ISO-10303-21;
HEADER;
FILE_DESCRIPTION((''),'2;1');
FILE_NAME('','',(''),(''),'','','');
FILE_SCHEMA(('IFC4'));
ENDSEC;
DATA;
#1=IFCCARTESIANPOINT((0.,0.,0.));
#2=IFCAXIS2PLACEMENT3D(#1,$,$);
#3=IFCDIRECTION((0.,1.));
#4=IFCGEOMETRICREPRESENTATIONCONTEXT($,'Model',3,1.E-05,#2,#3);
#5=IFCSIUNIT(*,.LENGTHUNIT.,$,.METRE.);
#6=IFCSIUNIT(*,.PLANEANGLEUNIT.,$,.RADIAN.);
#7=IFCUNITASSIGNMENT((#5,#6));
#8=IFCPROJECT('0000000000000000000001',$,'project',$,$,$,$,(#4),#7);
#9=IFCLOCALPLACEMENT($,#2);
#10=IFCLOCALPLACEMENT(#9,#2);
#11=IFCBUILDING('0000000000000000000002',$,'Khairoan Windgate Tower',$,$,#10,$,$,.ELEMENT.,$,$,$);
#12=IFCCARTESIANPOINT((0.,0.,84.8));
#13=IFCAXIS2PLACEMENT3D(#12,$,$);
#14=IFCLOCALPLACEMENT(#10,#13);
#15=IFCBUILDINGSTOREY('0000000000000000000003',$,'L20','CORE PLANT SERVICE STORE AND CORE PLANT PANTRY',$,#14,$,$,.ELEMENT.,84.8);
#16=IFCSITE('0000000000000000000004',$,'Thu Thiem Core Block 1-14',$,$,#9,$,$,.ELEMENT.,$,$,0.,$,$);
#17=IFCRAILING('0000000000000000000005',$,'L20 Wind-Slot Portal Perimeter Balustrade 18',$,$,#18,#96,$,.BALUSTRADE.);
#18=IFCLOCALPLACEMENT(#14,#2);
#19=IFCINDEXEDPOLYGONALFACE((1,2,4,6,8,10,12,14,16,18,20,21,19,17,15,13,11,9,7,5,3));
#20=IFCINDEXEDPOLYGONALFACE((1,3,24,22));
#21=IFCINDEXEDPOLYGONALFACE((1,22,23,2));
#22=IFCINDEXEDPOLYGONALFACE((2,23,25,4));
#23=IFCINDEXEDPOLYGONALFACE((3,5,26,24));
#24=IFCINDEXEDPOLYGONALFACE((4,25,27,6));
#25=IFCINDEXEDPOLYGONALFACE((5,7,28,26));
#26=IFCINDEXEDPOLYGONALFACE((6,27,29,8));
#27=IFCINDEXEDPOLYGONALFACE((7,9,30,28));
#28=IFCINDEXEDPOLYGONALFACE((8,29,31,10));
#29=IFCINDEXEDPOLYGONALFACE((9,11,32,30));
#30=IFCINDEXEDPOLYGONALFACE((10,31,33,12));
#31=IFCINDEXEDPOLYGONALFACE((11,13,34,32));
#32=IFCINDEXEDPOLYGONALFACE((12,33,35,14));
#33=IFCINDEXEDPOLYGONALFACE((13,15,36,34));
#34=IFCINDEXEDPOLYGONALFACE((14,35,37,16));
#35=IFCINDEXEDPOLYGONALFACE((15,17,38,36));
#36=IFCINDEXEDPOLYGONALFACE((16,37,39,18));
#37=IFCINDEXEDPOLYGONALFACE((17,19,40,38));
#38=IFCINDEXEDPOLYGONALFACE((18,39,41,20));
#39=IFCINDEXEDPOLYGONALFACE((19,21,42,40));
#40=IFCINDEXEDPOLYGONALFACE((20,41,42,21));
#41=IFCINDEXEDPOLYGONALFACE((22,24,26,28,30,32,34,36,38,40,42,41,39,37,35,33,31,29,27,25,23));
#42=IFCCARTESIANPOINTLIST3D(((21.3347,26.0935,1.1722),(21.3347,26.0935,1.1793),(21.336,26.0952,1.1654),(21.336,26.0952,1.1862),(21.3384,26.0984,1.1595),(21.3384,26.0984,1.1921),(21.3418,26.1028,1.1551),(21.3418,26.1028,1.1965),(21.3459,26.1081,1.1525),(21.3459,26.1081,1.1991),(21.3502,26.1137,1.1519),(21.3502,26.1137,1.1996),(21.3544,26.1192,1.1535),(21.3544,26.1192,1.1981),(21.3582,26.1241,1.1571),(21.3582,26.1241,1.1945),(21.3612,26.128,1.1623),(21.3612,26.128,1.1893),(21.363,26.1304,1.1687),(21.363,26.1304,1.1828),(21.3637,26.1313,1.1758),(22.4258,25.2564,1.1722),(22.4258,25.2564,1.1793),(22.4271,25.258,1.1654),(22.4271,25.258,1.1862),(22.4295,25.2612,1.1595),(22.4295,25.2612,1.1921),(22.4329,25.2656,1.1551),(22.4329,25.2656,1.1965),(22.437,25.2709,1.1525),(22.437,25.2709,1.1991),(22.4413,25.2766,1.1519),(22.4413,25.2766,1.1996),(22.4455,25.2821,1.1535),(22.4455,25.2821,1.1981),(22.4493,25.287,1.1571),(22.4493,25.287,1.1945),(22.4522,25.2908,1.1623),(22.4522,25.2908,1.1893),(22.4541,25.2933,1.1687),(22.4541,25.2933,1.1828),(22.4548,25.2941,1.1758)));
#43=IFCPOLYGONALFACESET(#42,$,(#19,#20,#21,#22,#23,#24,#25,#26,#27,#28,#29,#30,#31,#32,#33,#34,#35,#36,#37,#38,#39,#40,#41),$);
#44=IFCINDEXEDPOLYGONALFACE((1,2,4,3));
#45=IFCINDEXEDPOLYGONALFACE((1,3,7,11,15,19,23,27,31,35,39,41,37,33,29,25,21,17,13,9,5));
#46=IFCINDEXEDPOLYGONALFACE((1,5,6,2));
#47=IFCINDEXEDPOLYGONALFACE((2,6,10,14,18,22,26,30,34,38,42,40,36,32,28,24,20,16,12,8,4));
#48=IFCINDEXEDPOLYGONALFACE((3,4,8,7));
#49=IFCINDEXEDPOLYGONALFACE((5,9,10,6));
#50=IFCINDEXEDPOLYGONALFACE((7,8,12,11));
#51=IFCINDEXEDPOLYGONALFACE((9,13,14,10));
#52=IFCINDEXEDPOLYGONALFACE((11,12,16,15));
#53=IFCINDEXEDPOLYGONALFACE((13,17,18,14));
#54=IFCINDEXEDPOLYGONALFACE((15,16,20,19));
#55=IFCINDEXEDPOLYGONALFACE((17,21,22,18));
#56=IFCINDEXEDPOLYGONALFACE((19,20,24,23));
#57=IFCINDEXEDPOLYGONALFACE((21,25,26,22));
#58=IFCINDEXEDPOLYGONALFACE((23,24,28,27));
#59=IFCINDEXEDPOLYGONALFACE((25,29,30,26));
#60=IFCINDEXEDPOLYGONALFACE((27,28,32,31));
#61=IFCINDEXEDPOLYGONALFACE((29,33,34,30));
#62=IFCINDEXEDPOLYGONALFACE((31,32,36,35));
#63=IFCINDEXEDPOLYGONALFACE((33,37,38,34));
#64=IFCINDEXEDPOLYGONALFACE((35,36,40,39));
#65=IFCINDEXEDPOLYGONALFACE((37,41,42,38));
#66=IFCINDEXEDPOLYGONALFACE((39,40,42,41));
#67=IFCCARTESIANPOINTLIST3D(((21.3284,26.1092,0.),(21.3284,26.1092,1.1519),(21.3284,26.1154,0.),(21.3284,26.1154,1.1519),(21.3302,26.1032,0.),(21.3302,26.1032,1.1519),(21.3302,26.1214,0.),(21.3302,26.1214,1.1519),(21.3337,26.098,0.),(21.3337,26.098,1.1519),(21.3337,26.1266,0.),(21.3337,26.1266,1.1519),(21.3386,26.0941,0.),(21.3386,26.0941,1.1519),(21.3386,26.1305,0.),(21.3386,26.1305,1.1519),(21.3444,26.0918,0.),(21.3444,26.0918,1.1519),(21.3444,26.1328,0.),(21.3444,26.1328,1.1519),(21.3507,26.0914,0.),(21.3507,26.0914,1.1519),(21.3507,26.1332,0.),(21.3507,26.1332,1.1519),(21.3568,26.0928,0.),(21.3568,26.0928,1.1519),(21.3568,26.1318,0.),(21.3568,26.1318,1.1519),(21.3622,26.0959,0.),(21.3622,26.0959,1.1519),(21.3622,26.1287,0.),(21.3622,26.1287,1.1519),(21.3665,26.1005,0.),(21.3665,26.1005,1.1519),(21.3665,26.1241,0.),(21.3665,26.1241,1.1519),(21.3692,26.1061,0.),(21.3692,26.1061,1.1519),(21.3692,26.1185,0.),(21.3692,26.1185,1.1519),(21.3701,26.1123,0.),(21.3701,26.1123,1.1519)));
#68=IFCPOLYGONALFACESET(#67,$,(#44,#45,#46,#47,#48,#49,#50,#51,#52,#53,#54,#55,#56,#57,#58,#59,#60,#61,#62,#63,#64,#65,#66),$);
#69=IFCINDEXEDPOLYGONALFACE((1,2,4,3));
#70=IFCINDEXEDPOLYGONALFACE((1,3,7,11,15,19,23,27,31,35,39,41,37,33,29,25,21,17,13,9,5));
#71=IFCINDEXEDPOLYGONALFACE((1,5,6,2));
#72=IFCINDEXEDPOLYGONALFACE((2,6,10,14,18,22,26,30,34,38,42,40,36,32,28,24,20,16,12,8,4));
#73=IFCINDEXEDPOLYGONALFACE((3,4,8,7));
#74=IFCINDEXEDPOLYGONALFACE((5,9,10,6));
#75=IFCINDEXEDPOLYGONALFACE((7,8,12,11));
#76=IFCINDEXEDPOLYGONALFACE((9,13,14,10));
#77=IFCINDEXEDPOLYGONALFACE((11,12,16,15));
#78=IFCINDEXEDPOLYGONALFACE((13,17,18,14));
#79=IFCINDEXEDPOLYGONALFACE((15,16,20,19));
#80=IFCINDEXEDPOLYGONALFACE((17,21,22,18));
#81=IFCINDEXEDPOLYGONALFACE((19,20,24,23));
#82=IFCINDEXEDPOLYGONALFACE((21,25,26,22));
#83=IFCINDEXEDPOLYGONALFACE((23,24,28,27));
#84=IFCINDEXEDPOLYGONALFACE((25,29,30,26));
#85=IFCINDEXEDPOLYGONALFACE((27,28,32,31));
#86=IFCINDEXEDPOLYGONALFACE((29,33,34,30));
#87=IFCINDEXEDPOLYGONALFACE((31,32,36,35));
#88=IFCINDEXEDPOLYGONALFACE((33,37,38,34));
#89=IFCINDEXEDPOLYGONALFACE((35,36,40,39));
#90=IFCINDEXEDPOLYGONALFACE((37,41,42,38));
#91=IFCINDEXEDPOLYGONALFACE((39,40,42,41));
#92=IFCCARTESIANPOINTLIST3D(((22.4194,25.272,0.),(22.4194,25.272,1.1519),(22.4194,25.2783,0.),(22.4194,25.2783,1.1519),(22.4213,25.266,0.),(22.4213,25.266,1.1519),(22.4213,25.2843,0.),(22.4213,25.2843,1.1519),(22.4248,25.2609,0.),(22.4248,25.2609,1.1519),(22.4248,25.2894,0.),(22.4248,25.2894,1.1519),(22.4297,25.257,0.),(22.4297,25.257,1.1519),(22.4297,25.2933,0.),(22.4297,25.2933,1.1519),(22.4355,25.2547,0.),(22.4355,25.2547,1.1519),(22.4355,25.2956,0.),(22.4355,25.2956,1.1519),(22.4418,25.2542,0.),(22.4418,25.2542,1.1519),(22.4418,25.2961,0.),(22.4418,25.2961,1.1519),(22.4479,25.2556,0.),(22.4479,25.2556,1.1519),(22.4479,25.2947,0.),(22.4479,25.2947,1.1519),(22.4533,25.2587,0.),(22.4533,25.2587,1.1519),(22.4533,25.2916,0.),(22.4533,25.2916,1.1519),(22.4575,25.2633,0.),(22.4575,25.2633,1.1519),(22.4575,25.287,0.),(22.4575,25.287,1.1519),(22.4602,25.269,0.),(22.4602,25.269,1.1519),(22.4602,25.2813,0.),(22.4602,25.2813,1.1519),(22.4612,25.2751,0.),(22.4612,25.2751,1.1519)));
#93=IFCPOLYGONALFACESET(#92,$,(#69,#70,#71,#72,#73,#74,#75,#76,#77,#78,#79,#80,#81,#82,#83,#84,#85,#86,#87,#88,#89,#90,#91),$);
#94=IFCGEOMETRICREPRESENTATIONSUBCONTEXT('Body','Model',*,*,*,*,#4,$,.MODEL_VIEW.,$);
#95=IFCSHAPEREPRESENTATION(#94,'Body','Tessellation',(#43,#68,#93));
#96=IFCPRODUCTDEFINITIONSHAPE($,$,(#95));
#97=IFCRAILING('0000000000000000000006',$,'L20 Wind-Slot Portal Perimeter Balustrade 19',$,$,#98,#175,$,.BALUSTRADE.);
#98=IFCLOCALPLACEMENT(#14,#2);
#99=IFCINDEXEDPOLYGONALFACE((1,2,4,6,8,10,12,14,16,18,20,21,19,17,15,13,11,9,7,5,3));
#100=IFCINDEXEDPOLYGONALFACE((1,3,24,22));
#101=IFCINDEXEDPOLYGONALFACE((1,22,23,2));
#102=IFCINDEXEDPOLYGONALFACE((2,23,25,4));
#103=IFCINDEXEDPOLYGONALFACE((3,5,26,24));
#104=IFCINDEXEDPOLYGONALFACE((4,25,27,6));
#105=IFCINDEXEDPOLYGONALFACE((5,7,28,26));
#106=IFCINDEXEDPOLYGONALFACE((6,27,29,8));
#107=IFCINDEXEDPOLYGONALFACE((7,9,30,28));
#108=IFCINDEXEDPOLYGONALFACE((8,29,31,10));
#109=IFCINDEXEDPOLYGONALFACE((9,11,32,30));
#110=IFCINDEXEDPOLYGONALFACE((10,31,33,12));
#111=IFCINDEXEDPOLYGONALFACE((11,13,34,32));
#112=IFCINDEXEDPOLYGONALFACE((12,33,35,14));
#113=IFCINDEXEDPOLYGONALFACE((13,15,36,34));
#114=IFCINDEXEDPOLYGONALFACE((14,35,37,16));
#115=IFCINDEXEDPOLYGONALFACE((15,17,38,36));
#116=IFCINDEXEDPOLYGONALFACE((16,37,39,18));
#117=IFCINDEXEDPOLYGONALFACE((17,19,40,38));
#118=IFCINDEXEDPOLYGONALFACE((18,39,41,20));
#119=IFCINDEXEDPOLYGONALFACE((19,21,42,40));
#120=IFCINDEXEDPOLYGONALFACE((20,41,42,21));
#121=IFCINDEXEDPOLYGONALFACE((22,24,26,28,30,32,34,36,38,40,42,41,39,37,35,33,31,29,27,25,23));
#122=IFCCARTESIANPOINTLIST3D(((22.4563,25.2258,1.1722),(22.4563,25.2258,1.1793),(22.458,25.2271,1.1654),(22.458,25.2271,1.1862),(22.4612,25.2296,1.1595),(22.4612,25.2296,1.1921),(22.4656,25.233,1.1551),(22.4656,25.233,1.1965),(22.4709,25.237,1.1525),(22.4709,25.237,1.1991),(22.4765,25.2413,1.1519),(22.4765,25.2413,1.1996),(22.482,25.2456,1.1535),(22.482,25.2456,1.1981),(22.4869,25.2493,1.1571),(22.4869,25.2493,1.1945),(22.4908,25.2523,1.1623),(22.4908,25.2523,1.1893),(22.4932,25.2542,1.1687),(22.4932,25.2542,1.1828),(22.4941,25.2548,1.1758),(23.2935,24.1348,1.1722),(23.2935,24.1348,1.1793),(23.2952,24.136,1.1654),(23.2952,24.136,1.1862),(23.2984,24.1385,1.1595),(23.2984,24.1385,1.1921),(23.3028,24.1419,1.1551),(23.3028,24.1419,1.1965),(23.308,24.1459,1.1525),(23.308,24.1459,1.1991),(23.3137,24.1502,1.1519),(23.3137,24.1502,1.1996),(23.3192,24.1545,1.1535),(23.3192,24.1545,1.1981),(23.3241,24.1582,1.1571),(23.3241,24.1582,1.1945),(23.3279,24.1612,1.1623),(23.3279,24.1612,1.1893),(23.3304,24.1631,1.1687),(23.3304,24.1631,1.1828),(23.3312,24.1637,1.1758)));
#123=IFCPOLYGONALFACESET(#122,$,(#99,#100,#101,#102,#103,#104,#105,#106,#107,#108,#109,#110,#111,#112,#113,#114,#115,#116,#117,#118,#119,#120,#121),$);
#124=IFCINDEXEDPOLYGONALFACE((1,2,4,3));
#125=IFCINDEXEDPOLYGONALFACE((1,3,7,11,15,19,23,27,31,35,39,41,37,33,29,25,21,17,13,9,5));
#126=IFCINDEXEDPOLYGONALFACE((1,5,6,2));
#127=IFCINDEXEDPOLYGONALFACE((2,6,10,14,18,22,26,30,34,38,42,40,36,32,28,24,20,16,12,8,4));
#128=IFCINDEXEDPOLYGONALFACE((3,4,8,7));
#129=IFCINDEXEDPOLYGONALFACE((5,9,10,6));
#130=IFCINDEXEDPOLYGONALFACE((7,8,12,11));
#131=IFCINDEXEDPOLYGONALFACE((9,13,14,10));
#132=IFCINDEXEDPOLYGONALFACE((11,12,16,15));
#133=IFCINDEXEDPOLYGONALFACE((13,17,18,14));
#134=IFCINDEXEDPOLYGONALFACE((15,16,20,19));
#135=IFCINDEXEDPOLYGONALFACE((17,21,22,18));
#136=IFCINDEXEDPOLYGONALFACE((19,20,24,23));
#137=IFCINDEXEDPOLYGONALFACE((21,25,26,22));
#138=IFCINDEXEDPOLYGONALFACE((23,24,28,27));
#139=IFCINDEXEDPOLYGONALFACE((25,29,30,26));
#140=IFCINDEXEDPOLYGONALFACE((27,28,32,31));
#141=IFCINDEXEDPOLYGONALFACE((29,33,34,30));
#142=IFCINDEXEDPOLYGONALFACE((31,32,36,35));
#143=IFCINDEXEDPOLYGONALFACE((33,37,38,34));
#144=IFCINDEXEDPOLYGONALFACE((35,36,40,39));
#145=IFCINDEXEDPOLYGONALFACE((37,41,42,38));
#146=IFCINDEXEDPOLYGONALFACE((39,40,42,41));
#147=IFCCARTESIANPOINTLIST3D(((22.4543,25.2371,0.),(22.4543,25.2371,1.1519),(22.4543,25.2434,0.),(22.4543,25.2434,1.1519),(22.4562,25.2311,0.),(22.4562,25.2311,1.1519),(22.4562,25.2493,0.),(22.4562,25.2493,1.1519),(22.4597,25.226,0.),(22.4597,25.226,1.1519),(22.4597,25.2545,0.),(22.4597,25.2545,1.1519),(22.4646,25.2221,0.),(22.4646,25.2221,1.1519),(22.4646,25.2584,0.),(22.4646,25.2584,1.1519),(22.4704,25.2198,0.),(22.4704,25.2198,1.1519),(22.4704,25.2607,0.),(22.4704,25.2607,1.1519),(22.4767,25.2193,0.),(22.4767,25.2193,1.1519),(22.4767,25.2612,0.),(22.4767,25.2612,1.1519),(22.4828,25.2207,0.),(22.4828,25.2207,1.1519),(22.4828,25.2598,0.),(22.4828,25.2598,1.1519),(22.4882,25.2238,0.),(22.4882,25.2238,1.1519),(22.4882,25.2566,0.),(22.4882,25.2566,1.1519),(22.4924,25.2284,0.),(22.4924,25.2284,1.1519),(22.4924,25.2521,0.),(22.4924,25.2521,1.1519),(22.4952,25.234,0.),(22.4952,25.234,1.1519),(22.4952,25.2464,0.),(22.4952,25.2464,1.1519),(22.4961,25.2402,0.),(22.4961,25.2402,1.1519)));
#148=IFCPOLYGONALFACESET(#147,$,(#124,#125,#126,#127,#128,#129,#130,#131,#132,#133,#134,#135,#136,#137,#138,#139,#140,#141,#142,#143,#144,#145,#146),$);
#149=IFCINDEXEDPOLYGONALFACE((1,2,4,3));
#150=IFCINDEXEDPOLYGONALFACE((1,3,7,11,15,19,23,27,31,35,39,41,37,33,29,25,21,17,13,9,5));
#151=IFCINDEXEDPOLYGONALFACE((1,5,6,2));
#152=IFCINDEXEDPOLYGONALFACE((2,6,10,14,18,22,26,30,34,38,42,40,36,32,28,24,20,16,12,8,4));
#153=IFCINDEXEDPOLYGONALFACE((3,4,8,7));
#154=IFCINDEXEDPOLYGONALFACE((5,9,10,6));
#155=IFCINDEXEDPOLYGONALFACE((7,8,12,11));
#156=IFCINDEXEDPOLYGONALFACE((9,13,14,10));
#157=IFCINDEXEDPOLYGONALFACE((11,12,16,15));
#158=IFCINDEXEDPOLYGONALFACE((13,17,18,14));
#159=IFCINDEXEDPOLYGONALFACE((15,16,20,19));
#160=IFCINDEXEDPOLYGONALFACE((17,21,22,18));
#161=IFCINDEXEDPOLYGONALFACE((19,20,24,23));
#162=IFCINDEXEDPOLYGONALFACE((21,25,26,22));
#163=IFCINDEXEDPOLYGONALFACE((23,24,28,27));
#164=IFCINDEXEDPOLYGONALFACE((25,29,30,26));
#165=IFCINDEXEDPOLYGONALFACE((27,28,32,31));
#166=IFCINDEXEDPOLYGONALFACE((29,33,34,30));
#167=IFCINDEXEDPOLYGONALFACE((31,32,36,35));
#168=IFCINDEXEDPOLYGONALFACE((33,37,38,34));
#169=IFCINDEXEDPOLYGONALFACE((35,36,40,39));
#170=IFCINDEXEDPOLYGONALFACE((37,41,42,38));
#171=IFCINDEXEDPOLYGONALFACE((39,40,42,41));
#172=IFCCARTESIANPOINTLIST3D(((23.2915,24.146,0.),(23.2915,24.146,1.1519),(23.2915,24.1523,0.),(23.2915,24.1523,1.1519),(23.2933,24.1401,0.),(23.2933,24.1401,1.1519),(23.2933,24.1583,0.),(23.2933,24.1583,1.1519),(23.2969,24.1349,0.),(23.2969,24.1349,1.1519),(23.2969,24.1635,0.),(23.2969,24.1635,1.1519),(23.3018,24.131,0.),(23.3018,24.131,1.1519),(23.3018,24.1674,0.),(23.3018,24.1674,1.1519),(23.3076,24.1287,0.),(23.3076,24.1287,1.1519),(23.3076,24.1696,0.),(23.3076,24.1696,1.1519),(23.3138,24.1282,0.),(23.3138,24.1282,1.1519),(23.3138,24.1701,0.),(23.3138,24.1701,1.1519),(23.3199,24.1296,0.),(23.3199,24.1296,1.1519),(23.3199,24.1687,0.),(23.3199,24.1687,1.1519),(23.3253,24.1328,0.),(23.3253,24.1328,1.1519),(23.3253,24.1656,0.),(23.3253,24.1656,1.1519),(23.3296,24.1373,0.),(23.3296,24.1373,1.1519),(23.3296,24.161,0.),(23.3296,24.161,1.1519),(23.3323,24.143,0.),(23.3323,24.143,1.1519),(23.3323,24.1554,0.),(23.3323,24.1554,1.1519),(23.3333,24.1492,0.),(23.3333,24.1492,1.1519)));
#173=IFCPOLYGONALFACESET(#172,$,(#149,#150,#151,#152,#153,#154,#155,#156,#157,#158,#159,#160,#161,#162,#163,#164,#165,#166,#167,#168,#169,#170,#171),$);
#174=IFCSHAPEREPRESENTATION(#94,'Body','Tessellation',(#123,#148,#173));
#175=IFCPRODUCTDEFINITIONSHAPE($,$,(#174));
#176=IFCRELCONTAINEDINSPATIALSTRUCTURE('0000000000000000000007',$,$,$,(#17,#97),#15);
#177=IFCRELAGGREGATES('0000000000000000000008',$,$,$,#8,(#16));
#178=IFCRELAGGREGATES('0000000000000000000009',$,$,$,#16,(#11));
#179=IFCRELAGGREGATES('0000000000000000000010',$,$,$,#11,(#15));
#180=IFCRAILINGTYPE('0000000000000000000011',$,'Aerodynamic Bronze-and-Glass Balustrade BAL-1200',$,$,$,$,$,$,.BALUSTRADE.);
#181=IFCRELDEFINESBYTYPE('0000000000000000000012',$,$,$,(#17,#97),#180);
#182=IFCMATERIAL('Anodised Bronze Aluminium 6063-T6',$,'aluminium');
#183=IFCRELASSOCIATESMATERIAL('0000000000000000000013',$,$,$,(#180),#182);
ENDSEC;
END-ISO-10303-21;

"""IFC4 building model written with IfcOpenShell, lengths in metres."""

from ifc_helpers import new_model, si_unit, direction, frame, origin, origin_2d, place, context, subcontext, project, spatial, circle, extrude, material, type_object, element, save


model = new_model("IFC4")

# Units and contexts
model_context = context("Model", 3, precision=1e-05, world=origin(), true_north=direction((0.0, 1.0)))
body_context = subcontext(model_context, "Body", "Model", "MODEL_VIEW")
ifc_project = project(units=[si_unit("LENGTHUNIT", "METRE"), si_unit("PLANEANGLEUNIT", "RADIAN")], contexts=[model_context])

# Site, building, storey
site_placement = place(None, origin())
site = spatial("IfcSite", under=ifc_project, at=site_placement, Name="Thu Thiem Core Block 1-14", CompositionType="ELEMENT", RefElevation=0.0)
building_placement = place(site_placement, origin())
building = spatial("IfcBuilding", under=site, at=building_placement, Name="Khairoan Windgate Tower", CompositionType="ELEMENT")
storey_placement = place(building_placement, frame((0.0, 0.0, 84.8)))
storey = spatial("IfcBuildingStorey", under=building, at=storey_placement, Name="L20", Description="CORE PLANT SERVICE STORE AND CORE PLANT PANTRY", CompositionType="ELEMENT", Elevation=84.8)

# Railings
ifc_material_1 = material(Name="Anodised Bronze Aluminium 6063-T6", Category="aluminium")
railing_type = type_object("IfcRailingType", Name="Aerodynamic Bronze-and-Glass Balustrade BAL-1200", PredefinedType="BALUSTRADE", material=ifc_material_1)
railing_1_placement = place(storey_placement, frame((21.3491, 26.1123, 0.0)))
element("IfcRailing", 1, at=railing_1_placement, inside=storey, type_object=railing_type, Name="L20 Wind-Slot Portal Perimeter Balustrade 18", PredefinedType="BALUSTRADE", context=body_context, shape_type="SweptSolid", body=[
    extrude(circle(Radius=0.0239, at=origin_2d()), frame((0.0, 0.0, 1.1758), z_axis=(0.793369, -0.608741, 0.0), x_axis=(0.608741, 0.793369, 0.0)), (0.0, 0.0, 1.0), 1.3752),
    extrude(circle(Radius=0.021, at=origin_2d()), origin(), (0.0, 0.0, 1.0), 1.1519),
    extrude(circle(Radius=0.021, at=origin_2d()), frame((1.0911, -0.8372, 0.0)), (0.0, 0.0, 1.0), 1.1519),
])
railing_2_placement = place(storey_placement, frame((22.4751, 25.2402, 0.0)))
element("IfcRailing", 2, at=railing_2_placement, inside=storey, type_object=railing_type, Name="L20 Wind-Slot Portal Perimeter Balustrade 19", PredefinedType="BALUSTRADE", context=body_context, shape_type="SweptSolid", body=[
    extrude(circle(Radius=0.0239, at=origin_2d()), frame((0.0, 0.0, 1.1758), z_axis=(0.608741, -0.793369, 0.0), x_axis=(0.793369, 0.608741, 0.0)), (0.0, 0.0, 1.0), 1.3752),
    extrude(circle(Radius=0.021, at=origin_2d()), origin(), (0.0, 0.0, 1.0), 1.1519),
    extrude(circle(Radius=0.021, at=origin_2d()), frame((0.8372, -1.0911, 0.0)), (0.0, 0.0, 1.0), 1.1519),
])

save(model, "model.ifc")
